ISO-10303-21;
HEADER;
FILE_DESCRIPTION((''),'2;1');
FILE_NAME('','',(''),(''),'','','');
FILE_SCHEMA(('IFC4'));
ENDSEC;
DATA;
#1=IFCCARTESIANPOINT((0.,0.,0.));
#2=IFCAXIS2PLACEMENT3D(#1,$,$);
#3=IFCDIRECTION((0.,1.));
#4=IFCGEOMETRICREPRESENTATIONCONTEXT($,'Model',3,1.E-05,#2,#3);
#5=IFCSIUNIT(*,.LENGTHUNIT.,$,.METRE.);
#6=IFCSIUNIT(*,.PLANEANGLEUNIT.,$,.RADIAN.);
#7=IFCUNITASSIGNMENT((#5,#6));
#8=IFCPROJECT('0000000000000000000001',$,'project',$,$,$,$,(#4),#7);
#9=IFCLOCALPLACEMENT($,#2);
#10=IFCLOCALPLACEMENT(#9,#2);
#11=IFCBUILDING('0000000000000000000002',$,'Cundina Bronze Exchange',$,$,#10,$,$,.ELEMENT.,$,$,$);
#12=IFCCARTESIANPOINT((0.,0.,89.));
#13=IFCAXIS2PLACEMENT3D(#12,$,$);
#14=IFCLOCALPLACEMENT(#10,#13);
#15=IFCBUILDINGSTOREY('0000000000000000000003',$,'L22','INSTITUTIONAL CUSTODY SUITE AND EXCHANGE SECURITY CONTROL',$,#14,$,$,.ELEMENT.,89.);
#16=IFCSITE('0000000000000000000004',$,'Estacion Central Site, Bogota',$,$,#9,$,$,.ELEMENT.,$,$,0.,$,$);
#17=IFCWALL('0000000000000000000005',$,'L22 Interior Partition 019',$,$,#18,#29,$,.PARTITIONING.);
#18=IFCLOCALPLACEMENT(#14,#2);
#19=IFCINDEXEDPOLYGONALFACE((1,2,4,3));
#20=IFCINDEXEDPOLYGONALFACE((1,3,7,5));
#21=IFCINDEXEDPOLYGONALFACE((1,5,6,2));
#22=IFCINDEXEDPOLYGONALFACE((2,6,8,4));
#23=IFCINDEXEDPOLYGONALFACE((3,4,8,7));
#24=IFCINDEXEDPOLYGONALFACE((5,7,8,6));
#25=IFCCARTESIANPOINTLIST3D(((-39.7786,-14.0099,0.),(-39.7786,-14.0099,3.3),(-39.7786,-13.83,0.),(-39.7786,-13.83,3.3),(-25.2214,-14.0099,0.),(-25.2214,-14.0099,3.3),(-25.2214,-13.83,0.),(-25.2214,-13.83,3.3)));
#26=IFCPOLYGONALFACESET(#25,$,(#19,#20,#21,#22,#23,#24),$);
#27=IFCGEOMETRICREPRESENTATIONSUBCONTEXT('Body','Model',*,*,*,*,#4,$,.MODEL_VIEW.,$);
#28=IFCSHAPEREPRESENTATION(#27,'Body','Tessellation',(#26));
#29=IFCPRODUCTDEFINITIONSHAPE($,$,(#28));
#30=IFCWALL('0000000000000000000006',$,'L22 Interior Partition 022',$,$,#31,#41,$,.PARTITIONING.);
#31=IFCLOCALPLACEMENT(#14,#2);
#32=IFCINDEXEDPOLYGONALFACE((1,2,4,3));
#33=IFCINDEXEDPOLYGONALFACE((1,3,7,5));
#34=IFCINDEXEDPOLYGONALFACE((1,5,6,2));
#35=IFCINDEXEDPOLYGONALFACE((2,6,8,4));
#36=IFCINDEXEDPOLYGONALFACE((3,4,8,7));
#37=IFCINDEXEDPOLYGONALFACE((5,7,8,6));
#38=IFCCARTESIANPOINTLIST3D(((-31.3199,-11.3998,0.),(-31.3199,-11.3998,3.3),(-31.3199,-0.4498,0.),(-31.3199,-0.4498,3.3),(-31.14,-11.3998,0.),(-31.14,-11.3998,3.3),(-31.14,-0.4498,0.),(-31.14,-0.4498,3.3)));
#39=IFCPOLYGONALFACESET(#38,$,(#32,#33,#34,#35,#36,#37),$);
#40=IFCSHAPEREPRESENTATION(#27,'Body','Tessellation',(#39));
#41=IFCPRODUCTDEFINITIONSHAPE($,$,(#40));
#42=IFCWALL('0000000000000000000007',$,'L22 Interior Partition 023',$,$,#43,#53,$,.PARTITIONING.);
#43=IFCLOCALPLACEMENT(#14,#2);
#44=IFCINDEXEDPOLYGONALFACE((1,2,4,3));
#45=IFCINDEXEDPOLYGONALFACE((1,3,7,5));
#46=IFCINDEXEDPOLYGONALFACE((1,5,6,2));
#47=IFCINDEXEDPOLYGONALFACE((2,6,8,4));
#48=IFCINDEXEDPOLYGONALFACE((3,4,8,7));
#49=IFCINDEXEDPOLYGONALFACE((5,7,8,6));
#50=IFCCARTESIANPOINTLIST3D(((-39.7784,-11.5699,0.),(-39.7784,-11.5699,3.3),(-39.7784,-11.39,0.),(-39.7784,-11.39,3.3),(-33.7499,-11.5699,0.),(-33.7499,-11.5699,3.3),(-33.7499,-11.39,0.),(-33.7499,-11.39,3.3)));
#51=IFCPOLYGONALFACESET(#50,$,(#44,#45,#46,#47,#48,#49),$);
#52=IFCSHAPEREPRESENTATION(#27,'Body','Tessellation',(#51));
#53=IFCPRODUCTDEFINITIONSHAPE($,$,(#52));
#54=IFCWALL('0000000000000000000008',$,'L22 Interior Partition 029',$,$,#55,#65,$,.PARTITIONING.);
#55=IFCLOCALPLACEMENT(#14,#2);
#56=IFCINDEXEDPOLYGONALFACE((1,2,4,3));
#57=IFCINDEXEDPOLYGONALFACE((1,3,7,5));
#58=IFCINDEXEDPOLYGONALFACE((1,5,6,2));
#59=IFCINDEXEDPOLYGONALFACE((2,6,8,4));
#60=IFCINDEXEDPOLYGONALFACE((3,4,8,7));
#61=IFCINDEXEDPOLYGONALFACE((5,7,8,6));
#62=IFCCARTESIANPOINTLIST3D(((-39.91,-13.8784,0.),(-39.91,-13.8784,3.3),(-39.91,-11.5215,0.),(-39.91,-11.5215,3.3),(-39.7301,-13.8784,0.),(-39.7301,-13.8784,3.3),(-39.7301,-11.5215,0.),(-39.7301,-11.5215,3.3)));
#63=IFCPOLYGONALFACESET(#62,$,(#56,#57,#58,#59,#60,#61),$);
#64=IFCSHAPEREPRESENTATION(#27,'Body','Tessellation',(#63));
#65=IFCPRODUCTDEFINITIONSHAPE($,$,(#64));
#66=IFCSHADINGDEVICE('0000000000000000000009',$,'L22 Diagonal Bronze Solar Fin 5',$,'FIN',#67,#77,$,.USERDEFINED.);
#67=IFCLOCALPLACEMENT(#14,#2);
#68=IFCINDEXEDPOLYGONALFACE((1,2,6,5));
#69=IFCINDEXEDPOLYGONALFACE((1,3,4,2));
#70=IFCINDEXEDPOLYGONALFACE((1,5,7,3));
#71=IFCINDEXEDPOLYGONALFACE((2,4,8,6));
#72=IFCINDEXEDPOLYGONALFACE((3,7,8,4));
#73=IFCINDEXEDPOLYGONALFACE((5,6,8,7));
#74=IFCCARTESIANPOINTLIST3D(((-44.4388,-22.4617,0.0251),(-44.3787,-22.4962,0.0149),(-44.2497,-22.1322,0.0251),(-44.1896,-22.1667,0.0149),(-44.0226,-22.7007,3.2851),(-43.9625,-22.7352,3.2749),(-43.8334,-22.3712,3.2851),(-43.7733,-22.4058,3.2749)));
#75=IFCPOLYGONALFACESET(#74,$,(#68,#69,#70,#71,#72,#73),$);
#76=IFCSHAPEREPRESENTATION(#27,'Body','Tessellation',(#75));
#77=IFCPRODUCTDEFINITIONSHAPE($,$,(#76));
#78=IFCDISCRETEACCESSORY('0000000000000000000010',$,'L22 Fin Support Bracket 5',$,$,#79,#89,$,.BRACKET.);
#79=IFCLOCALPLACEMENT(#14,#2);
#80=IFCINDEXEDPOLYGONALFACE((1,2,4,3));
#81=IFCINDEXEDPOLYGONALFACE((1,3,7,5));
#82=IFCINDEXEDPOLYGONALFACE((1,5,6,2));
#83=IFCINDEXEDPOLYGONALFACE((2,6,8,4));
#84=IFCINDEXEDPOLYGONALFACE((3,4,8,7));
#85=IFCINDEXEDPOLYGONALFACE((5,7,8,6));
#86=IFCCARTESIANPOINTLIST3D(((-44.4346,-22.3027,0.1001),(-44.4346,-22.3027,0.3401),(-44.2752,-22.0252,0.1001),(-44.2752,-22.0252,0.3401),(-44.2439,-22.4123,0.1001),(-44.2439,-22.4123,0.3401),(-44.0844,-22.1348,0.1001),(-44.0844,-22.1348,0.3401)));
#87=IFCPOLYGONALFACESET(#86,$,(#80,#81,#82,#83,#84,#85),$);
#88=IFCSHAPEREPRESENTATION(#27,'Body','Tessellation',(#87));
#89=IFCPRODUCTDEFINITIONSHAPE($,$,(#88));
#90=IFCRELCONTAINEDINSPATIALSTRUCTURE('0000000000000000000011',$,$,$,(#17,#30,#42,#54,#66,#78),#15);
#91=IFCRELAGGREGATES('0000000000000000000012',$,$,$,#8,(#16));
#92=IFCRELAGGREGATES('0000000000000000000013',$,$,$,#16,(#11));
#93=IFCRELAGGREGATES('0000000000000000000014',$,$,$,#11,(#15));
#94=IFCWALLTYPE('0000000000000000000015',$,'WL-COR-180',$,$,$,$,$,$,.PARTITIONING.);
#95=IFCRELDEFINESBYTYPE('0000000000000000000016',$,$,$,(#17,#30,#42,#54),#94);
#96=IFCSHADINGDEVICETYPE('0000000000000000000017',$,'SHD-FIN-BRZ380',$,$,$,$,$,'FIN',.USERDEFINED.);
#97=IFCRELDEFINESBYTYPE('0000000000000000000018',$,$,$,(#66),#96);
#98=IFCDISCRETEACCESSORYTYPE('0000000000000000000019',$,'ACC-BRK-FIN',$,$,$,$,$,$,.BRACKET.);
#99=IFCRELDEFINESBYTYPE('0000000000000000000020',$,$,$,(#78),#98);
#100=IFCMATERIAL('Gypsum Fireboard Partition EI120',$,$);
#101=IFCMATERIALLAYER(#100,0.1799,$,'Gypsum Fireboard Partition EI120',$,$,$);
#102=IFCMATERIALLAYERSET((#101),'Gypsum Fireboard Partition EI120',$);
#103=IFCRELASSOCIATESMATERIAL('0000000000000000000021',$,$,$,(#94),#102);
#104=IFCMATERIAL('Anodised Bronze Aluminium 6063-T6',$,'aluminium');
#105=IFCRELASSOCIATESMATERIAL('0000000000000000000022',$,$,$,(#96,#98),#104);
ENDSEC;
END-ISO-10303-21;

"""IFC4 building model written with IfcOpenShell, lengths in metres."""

from ifc_helpers import new_model, si_unit, direction, frame, frame_2d, origin, origin_2d, place, context, subcontext, project, spatial, rectangle, extrude, material, layer, layer_set, material_profile, profile_set, type_object, element, save


model = new_model("IFC4")

# Units and contexts
model_context = context("Model", 3, precision=1e-05, world=origin(), true_north=direction((0.0, 1.0)))
body_context = subcontext(model_context, "Body", "Model", "MODEL_VIEW")
ifc_project = project(units=[si_unit("LENGTHUNIT", "METRE"), si_unit("PLANEANGLEUNIT", "RADIAN")], contexts=[model_context])

# Site, building, storey
site_placement = place(None, origin())
site = spatial("IfcSite", under=ifc_project, at=site_placement, Name="Estacion Central Site, Bogota", CompositionType="ELEMENT", RefElevation=0.0)
building_placement = place(site_placement, origin())
building = spatial("IfcBuilding", under=site, at=building_placement, Name="Cundina Bronze Exchange", CompositionType="ELEMENT")
storey_placement = place(building_placement, frame((0.0, 0.0, 89.0)))
storey = spatial("IfcBuildingStorey", under=building, at=storey_placement, Name="L22", Description="INSTITUTIONAL CUSTODY SUITE AND EXCHANGE SECURITY CONTROL", CompositionType="ELEMENT", Elevation=89.0)

# Shared definitions
ifc_material_1 = material(Name="Anodised Bronze Aluminium 6063-T6", Category="aluminium")

# Walls
ifc_material_2 = material(Name="Gypsum Fireboard Partition EI120")
ifc_layer_1 = layer(ifc_material_2, 0.1799, Name="Gypsum Fireboard Partition EI120")
ifc_layer_set_1 = layer_set([ifc_layer_1], Name="Gypsum Fireboard Partition EI120")
wall_type = type_object("IfcWallType", Name="WL-COR-180", PredefinedType="PARTITIONING", material=ifc_layer_set_1)
wall_1_placement = place(storey_placement, frame((-39.7786, -13.9199, 0.0), z_axis=(0.0, 0.0, 1.0), x_axis=(1.0, 0.0, 0.0)))
element("IfcWall", 1, at=wall_1_placement, inside=storey, type_object=wall_type, Name="L22 Interior Partition 019", PredefinedType="PARTITIONING", context=body_context, shape_type="SweptSolid", body=[
    extrude(rectangle(XDim=14.5571, YDim=0.1799, at=frame_2d((7.2786, 0.0))), origin(), (0.0, 0.0, 1.0), 3.3),
])
wall_2_placement = place(storey_placement, frame((-31.23, -11.3999, 0.0), z_axis=(0.0, 0.0, 1.0), x_axis=(0.0, 1.0, 0.0)))
element("IfcWall", 2, at=wall_2_placement, inside=storey, type_object=wall_type, Name="L22 Interior Partition 022", PredefinedType="PARTITIONING", context=body_context, shape_type="SweptSolid", body=[
    extrude(rectangle(XDim=10.95, YDim=0.1799, at=frame_2d((5.4751, 0.0))), origin(), (0.0, 0.0, 1.0), 3.3),
])
wall_3_placement = place(storey_placement, frame((-33.75, -11.48, 0.0), z_axis=(0.0, 0.0, 1.0), x_axis=(-1.0, 0.0, 0.0)))
element("IfcWall", 3, at=wall_3_placement, inside=storey, type_object=wall_type, Name="L22 Interior Partition 023", PredefinedType="PARTITIONING", context=body_context, shape_type="SweptSolid", body=[
    extrude(rectangle(XDim=6.0286, YDim=0.1799, at=frame_2d((3.0142, 0.0))), origin(), (0.0, 0.0, 1.0), 3.3),
])
wall_4_placement = place(storey_placement, frame((-39.8201, -11.5215, 0.0), z_axis=(0.0, 0.0, 1.0), x_axis=(0.0, -1.0, 0.0)))
element("IfcWall", 4, at=wall_4_placement, inside=storey, type_object=wall_type, Name="L22 Interior Partition 029", PredefinedType="PARTITIONING", context=body_context, shape_type="SweptSolid", body=[
    extrude(rectangle(XDim=2.3569, YDim=0.1799, at=frame_2d((1.1785, 0.0))), origin(), (0.0, 0.0, 1.0), 3.3),
])

# Shading device
ifc_material_profile_1 = material_profile(ifc_material_1, rectangle(XDim=0.0701, YDim=0.3799, at=origin_2d()), Name="FIN70X380", Category="aluminium")
ifc_profile_set_1 = profile_set([ifc_material_profile_1], Name="Anodised Bronze Aluminium 6063-T6")
shading_device_type = type_object("IfcShadingDeviceType", Name="SHD-FIN-BRZ380", ElementType="FIN", PredefinedType="USERDEFINED", material=ifc_profile_set_1)
shading_device_placement = place(storey_placement, frame((-44.3142, -22.3142, 0.02), z_axis=(0.126325, -0.072535, 0.989333), x_axis=(-0.857958, 0.492634, 0.145668)))
element("IfcShadingDevice", 5, at=shading_device_placement, inside=storey, type_object=shading_device_type, Name="L22 Diagonal Bronze Solar Fin 5", ObjectType="FIN", PredefinedType="USERDEFINED", context=body_context, shape_type="SweptSolid", body=[
    extrude(rectangle(XDim=0.0701, YDim=0.3799, at=origin_2d()), origin(), (0.0, 0.0, 1.0), 3.2952),
])

# Discrete accessory
discrete_accessory_type = type_object("IfcDiscreteAccessoryType", Name="ACC-BRK-FIN", PredefinedType="BRACKET", material=ifc_material_1)
discrete_accessory_placement = place(storey_placement, frame((-44.2595, -22.2188, 0.1001), z_axis=(0.0, 0.0, 1.0), x_axis=(0.867105, -0.498125, 0.0)))
element("IfcDiscreteAccessory", 6, at=discrete_accessory_placement, inside=storey, type_object=discrete_accessory_type, Name="L22 Fin Support Bracket 5", PredefinedType="BRACKET", context=body_context, shape_type="SweptSolid", body=[
    extrude(rectangle(XDim=0.22, YDim=0.3201, at=origin_2d()), origin(), (0.0, 0.0, 1.0), 0.24),
])

save(model, "model.ifc")
